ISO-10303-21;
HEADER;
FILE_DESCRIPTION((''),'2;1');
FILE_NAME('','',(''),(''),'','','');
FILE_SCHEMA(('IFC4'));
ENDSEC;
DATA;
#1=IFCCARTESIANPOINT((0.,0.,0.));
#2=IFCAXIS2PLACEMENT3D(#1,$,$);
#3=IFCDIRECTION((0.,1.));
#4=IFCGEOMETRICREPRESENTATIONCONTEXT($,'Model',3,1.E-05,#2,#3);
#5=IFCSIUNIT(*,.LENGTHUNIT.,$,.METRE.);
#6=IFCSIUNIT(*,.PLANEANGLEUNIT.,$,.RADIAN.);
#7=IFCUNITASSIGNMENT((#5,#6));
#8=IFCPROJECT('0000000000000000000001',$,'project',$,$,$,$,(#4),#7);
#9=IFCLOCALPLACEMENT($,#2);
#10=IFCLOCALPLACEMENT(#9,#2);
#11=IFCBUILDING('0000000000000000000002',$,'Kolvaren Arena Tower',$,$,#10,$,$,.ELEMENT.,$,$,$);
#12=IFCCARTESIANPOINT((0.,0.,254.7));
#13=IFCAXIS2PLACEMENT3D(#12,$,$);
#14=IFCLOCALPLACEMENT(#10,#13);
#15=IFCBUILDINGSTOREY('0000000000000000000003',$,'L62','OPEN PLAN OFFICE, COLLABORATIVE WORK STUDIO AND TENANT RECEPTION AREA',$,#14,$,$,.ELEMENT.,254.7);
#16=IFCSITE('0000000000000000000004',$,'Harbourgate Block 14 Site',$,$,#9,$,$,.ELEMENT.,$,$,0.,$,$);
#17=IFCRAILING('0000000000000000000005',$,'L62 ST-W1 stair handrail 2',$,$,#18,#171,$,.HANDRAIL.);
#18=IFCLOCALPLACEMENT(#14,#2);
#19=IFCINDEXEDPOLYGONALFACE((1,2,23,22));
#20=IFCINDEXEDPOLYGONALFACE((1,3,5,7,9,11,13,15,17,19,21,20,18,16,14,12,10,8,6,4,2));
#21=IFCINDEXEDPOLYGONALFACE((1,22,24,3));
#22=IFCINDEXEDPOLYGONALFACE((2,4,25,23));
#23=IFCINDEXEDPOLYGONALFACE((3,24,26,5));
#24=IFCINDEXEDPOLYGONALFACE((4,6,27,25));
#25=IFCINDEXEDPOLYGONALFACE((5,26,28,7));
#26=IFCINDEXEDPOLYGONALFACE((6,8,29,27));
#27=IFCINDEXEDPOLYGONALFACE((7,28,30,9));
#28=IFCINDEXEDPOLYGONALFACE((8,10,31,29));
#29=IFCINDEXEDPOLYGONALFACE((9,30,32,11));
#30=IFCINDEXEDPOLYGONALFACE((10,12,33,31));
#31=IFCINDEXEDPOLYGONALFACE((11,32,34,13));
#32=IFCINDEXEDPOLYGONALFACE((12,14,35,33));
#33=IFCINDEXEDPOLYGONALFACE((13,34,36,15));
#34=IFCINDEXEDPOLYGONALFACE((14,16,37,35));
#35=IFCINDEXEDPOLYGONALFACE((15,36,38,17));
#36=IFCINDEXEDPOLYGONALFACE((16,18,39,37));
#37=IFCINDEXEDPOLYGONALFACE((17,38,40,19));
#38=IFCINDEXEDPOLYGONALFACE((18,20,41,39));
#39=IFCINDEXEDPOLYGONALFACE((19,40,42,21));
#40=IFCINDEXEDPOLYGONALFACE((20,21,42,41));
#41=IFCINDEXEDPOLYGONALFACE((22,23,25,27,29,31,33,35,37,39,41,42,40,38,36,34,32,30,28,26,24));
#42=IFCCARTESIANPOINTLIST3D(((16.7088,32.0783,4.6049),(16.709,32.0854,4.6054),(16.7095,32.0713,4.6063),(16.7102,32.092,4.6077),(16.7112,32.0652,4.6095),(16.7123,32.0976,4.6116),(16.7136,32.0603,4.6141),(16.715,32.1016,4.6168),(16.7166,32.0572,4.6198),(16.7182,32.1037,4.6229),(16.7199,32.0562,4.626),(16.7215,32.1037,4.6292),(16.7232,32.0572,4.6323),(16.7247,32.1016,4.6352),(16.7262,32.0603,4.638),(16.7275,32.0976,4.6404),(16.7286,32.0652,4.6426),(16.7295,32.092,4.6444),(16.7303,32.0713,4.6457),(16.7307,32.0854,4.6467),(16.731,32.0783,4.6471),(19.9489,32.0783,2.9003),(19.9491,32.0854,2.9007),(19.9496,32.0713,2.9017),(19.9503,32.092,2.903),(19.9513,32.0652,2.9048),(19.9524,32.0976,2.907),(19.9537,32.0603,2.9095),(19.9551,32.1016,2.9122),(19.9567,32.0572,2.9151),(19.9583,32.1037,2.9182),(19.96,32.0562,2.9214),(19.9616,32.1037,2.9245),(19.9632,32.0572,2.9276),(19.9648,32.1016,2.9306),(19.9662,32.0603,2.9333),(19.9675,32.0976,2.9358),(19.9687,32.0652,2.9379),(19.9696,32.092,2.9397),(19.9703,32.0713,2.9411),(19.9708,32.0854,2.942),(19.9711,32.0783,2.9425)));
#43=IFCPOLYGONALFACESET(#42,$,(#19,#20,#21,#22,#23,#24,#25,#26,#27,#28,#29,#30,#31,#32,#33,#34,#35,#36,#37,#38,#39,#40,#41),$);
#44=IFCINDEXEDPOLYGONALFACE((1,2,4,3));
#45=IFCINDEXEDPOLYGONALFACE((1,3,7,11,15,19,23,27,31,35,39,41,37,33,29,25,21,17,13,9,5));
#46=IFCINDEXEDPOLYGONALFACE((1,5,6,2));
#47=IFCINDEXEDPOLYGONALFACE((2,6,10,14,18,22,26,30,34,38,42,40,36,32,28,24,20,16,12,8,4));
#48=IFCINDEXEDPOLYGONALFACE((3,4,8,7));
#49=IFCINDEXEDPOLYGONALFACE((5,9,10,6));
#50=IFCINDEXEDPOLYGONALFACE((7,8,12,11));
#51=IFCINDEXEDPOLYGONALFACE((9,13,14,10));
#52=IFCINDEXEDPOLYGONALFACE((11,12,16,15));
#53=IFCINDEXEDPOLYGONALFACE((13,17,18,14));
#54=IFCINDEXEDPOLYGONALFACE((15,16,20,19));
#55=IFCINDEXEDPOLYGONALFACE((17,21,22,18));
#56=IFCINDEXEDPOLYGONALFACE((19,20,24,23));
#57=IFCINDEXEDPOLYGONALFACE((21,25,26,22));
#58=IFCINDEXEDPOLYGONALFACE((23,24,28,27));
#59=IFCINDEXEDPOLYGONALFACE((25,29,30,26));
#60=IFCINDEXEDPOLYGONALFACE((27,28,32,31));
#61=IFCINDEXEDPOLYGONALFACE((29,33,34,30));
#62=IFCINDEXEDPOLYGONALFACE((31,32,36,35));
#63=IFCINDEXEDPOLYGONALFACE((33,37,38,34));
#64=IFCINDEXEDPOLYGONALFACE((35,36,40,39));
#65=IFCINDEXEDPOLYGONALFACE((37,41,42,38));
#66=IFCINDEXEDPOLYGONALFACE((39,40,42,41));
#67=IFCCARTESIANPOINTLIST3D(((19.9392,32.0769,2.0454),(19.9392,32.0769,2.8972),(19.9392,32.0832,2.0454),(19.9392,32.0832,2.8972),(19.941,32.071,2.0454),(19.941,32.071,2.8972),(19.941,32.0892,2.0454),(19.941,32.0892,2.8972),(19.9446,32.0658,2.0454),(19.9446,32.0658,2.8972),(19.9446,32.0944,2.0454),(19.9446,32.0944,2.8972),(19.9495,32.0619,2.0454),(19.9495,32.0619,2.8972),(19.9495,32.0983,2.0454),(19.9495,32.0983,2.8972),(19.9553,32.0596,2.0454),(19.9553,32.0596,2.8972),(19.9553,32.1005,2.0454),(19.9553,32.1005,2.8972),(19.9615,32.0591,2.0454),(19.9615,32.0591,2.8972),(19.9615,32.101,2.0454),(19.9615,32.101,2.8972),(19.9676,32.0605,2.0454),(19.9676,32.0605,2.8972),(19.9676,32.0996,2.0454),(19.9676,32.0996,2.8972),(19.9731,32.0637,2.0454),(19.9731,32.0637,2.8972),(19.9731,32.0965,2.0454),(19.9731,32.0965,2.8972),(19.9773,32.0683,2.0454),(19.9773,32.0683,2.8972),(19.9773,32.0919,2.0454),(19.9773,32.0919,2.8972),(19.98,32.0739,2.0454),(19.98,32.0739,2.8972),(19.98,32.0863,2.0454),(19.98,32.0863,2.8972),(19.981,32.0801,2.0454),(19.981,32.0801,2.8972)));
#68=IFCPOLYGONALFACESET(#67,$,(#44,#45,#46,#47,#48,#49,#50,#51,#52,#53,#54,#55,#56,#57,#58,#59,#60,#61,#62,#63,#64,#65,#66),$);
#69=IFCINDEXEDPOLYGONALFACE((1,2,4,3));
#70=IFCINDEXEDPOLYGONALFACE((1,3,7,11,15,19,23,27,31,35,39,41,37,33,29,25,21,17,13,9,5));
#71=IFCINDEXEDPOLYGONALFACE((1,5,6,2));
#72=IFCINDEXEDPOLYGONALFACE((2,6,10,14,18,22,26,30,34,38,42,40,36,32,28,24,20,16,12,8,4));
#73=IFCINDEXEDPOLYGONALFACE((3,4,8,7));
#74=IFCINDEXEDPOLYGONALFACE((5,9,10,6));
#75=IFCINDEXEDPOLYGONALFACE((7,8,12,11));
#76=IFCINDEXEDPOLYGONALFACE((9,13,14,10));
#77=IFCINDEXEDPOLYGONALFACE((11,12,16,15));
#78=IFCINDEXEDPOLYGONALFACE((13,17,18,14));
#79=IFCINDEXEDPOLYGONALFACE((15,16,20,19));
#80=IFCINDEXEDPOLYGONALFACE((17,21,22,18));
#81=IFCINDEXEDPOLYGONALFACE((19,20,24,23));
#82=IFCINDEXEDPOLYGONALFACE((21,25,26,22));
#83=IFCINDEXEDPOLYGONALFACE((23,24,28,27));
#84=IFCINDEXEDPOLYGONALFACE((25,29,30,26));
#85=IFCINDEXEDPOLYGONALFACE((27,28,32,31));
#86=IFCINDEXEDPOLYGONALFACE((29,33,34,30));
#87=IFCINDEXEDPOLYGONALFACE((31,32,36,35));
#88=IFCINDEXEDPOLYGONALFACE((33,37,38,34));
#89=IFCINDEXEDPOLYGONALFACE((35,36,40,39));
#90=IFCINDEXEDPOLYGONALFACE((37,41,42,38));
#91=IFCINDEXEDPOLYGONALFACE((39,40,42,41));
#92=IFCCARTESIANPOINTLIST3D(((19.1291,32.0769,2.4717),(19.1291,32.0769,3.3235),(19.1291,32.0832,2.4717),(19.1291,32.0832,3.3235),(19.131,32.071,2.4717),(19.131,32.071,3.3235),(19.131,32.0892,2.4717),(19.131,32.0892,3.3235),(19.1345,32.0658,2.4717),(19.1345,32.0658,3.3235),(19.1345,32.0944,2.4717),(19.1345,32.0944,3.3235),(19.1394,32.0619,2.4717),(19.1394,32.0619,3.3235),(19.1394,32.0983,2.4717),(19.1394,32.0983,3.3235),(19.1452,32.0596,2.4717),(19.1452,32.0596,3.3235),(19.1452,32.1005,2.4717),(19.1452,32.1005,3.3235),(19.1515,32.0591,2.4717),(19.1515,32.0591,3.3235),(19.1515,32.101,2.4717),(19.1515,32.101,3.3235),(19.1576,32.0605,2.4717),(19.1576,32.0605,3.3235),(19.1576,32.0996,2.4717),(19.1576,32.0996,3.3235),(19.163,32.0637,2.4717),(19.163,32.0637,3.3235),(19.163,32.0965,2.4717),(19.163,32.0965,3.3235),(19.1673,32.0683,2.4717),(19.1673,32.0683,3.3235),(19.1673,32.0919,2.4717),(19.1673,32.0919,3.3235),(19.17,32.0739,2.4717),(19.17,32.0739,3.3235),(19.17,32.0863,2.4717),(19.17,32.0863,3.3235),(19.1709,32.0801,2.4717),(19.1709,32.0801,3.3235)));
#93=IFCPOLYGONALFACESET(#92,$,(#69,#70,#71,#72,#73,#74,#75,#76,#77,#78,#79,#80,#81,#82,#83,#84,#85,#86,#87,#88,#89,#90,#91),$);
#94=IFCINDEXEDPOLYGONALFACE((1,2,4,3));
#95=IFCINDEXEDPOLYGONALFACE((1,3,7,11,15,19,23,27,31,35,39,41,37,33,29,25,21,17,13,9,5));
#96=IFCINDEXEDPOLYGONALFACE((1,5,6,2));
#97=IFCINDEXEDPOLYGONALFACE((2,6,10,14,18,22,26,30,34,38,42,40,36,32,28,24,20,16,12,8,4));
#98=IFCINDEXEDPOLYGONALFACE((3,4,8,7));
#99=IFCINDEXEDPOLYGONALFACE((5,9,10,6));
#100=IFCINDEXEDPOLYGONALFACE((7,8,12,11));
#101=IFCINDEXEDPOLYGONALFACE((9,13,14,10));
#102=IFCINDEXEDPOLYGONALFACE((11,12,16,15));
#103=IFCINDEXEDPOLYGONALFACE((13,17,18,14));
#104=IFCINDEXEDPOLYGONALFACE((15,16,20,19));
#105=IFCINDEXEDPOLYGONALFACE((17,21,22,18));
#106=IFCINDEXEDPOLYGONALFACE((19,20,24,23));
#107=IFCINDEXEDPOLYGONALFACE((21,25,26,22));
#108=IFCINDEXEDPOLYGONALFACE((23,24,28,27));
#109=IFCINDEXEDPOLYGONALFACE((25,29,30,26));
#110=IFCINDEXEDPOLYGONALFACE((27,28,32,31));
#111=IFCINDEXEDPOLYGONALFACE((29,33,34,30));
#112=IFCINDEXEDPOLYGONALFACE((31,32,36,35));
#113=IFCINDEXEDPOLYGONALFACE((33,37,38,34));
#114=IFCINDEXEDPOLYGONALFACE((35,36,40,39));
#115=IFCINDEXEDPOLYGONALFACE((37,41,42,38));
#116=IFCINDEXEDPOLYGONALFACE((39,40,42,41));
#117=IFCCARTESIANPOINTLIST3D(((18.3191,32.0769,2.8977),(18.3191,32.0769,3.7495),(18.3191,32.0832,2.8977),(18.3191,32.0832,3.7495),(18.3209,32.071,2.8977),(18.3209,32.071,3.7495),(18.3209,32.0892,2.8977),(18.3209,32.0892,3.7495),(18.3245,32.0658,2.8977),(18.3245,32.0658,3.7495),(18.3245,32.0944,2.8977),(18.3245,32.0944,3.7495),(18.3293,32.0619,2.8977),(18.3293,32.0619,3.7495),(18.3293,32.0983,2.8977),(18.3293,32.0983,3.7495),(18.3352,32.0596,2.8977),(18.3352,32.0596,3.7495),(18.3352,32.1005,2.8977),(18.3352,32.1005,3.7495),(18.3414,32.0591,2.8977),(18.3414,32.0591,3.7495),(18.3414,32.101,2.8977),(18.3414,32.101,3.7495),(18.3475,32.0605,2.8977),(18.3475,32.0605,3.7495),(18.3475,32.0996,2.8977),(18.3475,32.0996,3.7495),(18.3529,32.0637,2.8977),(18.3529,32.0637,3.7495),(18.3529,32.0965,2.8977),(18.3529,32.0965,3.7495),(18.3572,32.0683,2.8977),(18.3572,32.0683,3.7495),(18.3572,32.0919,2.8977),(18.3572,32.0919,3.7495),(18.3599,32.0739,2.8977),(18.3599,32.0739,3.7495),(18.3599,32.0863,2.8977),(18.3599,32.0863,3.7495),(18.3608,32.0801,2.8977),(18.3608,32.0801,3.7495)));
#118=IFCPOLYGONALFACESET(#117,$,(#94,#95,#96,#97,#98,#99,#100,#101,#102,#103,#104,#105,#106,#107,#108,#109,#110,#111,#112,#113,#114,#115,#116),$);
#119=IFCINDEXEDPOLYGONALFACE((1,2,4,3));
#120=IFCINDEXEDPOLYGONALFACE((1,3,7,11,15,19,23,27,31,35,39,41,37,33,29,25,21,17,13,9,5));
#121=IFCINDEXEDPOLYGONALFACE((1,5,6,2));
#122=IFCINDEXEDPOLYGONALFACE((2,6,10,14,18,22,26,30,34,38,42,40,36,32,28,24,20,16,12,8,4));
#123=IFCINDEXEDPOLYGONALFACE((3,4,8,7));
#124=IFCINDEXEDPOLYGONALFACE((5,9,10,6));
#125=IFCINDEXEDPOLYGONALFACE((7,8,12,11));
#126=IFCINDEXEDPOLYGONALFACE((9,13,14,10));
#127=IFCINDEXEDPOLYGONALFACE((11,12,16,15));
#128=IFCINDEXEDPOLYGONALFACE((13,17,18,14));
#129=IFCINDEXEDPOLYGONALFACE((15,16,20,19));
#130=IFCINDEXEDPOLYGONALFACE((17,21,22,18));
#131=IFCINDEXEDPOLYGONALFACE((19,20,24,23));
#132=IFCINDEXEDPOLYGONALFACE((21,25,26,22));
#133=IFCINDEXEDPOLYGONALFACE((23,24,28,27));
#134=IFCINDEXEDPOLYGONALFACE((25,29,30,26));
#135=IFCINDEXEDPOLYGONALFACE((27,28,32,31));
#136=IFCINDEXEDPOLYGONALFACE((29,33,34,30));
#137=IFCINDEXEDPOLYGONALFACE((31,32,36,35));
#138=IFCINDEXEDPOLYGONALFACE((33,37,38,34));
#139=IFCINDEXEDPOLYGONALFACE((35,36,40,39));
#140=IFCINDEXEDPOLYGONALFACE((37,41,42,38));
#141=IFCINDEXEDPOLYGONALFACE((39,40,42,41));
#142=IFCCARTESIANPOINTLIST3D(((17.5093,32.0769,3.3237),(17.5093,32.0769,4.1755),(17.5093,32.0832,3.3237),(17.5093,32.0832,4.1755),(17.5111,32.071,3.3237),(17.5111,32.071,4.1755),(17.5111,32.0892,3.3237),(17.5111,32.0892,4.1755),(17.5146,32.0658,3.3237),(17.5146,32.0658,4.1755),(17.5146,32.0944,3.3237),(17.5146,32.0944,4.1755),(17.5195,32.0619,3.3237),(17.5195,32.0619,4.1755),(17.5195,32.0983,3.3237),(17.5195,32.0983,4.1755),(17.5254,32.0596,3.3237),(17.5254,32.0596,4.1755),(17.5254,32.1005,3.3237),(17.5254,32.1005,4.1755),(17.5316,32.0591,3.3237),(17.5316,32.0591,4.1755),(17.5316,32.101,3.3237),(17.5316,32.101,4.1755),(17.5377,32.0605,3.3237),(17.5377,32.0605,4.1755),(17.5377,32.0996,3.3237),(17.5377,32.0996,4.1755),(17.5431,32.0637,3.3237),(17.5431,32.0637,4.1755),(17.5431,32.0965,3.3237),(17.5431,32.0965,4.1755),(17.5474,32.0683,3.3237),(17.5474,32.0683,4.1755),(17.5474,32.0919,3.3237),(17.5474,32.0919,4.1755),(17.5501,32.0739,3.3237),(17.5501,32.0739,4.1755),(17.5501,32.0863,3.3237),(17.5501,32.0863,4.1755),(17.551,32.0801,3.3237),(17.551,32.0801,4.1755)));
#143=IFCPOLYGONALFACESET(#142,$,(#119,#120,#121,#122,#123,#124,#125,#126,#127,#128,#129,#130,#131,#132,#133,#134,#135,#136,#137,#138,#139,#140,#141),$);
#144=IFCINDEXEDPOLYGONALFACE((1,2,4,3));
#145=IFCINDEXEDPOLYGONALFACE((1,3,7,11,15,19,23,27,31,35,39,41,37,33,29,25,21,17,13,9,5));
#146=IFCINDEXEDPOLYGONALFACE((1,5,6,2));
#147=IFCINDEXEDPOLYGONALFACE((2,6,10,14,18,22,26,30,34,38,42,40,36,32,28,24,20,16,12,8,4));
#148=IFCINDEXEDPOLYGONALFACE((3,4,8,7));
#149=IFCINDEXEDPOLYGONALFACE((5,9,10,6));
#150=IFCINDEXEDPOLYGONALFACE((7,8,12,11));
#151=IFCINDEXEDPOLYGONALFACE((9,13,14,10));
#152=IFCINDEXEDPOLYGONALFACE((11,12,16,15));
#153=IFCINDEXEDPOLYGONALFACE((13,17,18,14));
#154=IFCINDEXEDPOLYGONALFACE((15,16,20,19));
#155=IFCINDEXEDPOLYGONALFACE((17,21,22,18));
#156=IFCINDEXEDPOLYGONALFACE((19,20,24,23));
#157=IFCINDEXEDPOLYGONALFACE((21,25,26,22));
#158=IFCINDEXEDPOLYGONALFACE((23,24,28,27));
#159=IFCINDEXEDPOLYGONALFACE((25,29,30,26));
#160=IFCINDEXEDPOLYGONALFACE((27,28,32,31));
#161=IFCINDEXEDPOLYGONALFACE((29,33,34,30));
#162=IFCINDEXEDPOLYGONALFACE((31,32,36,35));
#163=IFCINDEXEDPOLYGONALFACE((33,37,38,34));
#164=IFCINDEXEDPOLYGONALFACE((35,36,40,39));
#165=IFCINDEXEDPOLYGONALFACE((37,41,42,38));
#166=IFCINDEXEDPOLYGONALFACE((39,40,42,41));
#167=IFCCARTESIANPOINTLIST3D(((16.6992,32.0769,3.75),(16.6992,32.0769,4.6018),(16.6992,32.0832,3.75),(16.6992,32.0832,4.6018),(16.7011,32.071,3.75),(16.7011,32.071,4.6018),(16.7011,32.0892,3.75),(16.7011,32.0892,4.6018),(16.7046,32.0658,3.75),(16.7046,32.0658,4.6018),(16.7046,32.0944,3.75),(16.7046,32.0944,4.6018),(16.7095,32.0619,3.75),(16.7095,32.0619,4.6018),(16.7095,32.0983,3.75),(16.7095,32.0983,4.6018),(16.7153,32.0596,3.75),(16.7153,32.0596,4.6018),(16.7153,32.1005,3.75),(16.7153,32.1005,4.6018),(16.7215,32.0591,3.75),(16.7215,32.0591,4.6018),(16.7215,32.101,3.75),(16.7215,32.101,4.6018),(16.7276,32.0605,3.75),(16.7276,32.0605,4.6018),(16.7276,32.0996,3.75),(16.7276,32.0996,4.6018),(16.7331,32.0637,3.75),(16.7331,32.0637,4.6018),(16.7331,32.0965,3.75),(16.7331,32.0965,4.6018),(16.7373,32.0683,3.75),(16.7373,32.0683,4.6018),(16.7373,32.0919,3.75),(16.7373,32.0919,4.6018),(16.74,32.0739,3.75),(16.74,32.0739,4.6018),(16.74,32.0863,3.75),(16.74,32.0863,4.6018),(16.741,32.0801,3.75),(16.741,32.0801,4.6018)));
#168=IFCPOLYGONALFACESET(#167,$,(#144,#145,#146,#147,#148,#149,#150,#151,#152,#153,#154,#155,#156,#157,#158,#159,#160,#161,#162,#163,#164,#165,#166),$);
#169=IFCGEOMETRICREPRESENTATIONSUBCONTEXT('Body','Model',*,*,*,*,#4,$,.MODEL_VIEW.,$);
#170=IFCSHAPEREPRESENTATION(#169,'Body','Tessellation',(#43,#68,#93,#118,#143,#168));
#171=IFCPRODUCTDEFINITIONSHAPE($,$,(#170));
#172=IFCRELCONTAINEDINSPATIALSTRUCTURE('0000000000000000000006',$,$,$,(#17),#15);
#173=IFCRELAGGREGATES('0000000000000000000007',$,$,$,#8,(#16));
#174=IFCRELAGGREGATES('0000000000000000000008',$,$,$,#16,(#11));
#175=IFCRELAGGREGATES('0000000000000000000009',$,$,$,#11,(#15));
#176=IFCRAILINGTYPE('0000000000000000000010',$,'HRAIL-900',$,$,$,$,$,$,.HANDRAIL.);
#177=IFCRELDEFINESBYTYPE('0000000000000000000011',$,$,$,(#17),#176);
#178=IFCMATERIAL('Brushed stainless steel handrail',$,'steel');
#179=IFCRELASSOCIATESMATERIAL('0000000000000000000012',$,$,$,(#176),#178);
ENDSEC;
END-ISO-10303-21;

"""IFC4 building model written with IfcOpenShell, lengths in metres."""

from ifc_helpers import new_model, si_unit, direction, frame, origin, origin_2d, place, context, subcontext, project, spatial, circle, extrude, material, type_object, element, save


model = new_model("IFC4")

# Units and contexts
model_context = context("Model", 3, precision=1e-05, world=origin(), true_north=direction((0.0, 1.0)))
body_context = subcontext(model_context, "Body", "Model", "MODEL_VIEW")
ifc_project = project(units=[si_unit("LENGTHUNIT", "METRE"), si_unit("PLANEANGLEUNIT", "RADIAN")], contexts=[model_context])

# Site, building, storey
site_placement = place(None, origin())
site = spatial("IfcSite", under=ifc_project, at=site_placement, Name="Harbourgate Block 14 Site", CompositionType="ELEMENT", RefElevation=0.0)
building_placement = place(site_placement, origin())
building = spatial("IfcBuilding", under=site, at=building_placement, Name="Kolvaren Arena Tower", CompositionType="ELEMENT")
storey_placement = place(building_placement, frame((0.0, 0.0, 254.7)))
storey = spatial("IfcBuildingStorey", under=building, at=storey_placement, Name="L62", Description="OPEN PLAN OFFICE, COLLABORATIVE WORK STUDIO AND TENANT RECEPTION AREA", CompositionType="ELEMENT", Elevation=254.7)

# Railing
ifc_material_1 = material(Name="Brushed stainless steel handrail", Category="steel")
railing_type_1 = type_object("IfcRailingType", Name="HRAIL-900", PredefinedType="HANDRAIL", material=ifc_material_1)
railing_1_placement = place(storey_placement, frame((19.96, 32.0801, 2.0454)))
element("IfcRailing", 1, at=railing_1_placement, inside=storey, type_object=railing_type_1, Name="L62 ST-W1 stair handrail 2", PredefinedType="HANDRAIL", context=body_context, shape_type="SweptSolid", body=[
    extrude(circle(Radius=0.0239, at=origin_2d()), frame((0.0, 0.0, 0.876), z_axis=(-0.884993, 0.0, 0.465604), x_axis=(0.0, -1.0, 0.0)), (0.0, 0.0, 1.0), 3.6611),
    extrude(circle(Radius=0.021, at=origin_2d()), origin(), (0.0, 0.0, 1.0), 0.8518),
    extrude(circle(Radius=0.021, at=origin_2d()), frame((-0.8101, 0.0, 0.4263)), (0.0, 0.0, 1.0), 0.8518),
    extrude(circle(Radius=0.021, at=origin_2d()), frame((-1.6201, 0.0, 0.8523)), (0.0, 0.0, 1.0), 0.8518),
    extrude(circle(Radius=0.021, at=origin_2d()), frame((-2.4299, 0.0, 1.2783)), (0.0, 0.0, 1.0), 0.8518),
    extrude(circle(Radius=0.021, at=origin_2d()), frame((-3.24, 0.0, 1.7046)), (0.0, 0.0, 1.0), 0.8518),
])

save(model, "model.ifc")
